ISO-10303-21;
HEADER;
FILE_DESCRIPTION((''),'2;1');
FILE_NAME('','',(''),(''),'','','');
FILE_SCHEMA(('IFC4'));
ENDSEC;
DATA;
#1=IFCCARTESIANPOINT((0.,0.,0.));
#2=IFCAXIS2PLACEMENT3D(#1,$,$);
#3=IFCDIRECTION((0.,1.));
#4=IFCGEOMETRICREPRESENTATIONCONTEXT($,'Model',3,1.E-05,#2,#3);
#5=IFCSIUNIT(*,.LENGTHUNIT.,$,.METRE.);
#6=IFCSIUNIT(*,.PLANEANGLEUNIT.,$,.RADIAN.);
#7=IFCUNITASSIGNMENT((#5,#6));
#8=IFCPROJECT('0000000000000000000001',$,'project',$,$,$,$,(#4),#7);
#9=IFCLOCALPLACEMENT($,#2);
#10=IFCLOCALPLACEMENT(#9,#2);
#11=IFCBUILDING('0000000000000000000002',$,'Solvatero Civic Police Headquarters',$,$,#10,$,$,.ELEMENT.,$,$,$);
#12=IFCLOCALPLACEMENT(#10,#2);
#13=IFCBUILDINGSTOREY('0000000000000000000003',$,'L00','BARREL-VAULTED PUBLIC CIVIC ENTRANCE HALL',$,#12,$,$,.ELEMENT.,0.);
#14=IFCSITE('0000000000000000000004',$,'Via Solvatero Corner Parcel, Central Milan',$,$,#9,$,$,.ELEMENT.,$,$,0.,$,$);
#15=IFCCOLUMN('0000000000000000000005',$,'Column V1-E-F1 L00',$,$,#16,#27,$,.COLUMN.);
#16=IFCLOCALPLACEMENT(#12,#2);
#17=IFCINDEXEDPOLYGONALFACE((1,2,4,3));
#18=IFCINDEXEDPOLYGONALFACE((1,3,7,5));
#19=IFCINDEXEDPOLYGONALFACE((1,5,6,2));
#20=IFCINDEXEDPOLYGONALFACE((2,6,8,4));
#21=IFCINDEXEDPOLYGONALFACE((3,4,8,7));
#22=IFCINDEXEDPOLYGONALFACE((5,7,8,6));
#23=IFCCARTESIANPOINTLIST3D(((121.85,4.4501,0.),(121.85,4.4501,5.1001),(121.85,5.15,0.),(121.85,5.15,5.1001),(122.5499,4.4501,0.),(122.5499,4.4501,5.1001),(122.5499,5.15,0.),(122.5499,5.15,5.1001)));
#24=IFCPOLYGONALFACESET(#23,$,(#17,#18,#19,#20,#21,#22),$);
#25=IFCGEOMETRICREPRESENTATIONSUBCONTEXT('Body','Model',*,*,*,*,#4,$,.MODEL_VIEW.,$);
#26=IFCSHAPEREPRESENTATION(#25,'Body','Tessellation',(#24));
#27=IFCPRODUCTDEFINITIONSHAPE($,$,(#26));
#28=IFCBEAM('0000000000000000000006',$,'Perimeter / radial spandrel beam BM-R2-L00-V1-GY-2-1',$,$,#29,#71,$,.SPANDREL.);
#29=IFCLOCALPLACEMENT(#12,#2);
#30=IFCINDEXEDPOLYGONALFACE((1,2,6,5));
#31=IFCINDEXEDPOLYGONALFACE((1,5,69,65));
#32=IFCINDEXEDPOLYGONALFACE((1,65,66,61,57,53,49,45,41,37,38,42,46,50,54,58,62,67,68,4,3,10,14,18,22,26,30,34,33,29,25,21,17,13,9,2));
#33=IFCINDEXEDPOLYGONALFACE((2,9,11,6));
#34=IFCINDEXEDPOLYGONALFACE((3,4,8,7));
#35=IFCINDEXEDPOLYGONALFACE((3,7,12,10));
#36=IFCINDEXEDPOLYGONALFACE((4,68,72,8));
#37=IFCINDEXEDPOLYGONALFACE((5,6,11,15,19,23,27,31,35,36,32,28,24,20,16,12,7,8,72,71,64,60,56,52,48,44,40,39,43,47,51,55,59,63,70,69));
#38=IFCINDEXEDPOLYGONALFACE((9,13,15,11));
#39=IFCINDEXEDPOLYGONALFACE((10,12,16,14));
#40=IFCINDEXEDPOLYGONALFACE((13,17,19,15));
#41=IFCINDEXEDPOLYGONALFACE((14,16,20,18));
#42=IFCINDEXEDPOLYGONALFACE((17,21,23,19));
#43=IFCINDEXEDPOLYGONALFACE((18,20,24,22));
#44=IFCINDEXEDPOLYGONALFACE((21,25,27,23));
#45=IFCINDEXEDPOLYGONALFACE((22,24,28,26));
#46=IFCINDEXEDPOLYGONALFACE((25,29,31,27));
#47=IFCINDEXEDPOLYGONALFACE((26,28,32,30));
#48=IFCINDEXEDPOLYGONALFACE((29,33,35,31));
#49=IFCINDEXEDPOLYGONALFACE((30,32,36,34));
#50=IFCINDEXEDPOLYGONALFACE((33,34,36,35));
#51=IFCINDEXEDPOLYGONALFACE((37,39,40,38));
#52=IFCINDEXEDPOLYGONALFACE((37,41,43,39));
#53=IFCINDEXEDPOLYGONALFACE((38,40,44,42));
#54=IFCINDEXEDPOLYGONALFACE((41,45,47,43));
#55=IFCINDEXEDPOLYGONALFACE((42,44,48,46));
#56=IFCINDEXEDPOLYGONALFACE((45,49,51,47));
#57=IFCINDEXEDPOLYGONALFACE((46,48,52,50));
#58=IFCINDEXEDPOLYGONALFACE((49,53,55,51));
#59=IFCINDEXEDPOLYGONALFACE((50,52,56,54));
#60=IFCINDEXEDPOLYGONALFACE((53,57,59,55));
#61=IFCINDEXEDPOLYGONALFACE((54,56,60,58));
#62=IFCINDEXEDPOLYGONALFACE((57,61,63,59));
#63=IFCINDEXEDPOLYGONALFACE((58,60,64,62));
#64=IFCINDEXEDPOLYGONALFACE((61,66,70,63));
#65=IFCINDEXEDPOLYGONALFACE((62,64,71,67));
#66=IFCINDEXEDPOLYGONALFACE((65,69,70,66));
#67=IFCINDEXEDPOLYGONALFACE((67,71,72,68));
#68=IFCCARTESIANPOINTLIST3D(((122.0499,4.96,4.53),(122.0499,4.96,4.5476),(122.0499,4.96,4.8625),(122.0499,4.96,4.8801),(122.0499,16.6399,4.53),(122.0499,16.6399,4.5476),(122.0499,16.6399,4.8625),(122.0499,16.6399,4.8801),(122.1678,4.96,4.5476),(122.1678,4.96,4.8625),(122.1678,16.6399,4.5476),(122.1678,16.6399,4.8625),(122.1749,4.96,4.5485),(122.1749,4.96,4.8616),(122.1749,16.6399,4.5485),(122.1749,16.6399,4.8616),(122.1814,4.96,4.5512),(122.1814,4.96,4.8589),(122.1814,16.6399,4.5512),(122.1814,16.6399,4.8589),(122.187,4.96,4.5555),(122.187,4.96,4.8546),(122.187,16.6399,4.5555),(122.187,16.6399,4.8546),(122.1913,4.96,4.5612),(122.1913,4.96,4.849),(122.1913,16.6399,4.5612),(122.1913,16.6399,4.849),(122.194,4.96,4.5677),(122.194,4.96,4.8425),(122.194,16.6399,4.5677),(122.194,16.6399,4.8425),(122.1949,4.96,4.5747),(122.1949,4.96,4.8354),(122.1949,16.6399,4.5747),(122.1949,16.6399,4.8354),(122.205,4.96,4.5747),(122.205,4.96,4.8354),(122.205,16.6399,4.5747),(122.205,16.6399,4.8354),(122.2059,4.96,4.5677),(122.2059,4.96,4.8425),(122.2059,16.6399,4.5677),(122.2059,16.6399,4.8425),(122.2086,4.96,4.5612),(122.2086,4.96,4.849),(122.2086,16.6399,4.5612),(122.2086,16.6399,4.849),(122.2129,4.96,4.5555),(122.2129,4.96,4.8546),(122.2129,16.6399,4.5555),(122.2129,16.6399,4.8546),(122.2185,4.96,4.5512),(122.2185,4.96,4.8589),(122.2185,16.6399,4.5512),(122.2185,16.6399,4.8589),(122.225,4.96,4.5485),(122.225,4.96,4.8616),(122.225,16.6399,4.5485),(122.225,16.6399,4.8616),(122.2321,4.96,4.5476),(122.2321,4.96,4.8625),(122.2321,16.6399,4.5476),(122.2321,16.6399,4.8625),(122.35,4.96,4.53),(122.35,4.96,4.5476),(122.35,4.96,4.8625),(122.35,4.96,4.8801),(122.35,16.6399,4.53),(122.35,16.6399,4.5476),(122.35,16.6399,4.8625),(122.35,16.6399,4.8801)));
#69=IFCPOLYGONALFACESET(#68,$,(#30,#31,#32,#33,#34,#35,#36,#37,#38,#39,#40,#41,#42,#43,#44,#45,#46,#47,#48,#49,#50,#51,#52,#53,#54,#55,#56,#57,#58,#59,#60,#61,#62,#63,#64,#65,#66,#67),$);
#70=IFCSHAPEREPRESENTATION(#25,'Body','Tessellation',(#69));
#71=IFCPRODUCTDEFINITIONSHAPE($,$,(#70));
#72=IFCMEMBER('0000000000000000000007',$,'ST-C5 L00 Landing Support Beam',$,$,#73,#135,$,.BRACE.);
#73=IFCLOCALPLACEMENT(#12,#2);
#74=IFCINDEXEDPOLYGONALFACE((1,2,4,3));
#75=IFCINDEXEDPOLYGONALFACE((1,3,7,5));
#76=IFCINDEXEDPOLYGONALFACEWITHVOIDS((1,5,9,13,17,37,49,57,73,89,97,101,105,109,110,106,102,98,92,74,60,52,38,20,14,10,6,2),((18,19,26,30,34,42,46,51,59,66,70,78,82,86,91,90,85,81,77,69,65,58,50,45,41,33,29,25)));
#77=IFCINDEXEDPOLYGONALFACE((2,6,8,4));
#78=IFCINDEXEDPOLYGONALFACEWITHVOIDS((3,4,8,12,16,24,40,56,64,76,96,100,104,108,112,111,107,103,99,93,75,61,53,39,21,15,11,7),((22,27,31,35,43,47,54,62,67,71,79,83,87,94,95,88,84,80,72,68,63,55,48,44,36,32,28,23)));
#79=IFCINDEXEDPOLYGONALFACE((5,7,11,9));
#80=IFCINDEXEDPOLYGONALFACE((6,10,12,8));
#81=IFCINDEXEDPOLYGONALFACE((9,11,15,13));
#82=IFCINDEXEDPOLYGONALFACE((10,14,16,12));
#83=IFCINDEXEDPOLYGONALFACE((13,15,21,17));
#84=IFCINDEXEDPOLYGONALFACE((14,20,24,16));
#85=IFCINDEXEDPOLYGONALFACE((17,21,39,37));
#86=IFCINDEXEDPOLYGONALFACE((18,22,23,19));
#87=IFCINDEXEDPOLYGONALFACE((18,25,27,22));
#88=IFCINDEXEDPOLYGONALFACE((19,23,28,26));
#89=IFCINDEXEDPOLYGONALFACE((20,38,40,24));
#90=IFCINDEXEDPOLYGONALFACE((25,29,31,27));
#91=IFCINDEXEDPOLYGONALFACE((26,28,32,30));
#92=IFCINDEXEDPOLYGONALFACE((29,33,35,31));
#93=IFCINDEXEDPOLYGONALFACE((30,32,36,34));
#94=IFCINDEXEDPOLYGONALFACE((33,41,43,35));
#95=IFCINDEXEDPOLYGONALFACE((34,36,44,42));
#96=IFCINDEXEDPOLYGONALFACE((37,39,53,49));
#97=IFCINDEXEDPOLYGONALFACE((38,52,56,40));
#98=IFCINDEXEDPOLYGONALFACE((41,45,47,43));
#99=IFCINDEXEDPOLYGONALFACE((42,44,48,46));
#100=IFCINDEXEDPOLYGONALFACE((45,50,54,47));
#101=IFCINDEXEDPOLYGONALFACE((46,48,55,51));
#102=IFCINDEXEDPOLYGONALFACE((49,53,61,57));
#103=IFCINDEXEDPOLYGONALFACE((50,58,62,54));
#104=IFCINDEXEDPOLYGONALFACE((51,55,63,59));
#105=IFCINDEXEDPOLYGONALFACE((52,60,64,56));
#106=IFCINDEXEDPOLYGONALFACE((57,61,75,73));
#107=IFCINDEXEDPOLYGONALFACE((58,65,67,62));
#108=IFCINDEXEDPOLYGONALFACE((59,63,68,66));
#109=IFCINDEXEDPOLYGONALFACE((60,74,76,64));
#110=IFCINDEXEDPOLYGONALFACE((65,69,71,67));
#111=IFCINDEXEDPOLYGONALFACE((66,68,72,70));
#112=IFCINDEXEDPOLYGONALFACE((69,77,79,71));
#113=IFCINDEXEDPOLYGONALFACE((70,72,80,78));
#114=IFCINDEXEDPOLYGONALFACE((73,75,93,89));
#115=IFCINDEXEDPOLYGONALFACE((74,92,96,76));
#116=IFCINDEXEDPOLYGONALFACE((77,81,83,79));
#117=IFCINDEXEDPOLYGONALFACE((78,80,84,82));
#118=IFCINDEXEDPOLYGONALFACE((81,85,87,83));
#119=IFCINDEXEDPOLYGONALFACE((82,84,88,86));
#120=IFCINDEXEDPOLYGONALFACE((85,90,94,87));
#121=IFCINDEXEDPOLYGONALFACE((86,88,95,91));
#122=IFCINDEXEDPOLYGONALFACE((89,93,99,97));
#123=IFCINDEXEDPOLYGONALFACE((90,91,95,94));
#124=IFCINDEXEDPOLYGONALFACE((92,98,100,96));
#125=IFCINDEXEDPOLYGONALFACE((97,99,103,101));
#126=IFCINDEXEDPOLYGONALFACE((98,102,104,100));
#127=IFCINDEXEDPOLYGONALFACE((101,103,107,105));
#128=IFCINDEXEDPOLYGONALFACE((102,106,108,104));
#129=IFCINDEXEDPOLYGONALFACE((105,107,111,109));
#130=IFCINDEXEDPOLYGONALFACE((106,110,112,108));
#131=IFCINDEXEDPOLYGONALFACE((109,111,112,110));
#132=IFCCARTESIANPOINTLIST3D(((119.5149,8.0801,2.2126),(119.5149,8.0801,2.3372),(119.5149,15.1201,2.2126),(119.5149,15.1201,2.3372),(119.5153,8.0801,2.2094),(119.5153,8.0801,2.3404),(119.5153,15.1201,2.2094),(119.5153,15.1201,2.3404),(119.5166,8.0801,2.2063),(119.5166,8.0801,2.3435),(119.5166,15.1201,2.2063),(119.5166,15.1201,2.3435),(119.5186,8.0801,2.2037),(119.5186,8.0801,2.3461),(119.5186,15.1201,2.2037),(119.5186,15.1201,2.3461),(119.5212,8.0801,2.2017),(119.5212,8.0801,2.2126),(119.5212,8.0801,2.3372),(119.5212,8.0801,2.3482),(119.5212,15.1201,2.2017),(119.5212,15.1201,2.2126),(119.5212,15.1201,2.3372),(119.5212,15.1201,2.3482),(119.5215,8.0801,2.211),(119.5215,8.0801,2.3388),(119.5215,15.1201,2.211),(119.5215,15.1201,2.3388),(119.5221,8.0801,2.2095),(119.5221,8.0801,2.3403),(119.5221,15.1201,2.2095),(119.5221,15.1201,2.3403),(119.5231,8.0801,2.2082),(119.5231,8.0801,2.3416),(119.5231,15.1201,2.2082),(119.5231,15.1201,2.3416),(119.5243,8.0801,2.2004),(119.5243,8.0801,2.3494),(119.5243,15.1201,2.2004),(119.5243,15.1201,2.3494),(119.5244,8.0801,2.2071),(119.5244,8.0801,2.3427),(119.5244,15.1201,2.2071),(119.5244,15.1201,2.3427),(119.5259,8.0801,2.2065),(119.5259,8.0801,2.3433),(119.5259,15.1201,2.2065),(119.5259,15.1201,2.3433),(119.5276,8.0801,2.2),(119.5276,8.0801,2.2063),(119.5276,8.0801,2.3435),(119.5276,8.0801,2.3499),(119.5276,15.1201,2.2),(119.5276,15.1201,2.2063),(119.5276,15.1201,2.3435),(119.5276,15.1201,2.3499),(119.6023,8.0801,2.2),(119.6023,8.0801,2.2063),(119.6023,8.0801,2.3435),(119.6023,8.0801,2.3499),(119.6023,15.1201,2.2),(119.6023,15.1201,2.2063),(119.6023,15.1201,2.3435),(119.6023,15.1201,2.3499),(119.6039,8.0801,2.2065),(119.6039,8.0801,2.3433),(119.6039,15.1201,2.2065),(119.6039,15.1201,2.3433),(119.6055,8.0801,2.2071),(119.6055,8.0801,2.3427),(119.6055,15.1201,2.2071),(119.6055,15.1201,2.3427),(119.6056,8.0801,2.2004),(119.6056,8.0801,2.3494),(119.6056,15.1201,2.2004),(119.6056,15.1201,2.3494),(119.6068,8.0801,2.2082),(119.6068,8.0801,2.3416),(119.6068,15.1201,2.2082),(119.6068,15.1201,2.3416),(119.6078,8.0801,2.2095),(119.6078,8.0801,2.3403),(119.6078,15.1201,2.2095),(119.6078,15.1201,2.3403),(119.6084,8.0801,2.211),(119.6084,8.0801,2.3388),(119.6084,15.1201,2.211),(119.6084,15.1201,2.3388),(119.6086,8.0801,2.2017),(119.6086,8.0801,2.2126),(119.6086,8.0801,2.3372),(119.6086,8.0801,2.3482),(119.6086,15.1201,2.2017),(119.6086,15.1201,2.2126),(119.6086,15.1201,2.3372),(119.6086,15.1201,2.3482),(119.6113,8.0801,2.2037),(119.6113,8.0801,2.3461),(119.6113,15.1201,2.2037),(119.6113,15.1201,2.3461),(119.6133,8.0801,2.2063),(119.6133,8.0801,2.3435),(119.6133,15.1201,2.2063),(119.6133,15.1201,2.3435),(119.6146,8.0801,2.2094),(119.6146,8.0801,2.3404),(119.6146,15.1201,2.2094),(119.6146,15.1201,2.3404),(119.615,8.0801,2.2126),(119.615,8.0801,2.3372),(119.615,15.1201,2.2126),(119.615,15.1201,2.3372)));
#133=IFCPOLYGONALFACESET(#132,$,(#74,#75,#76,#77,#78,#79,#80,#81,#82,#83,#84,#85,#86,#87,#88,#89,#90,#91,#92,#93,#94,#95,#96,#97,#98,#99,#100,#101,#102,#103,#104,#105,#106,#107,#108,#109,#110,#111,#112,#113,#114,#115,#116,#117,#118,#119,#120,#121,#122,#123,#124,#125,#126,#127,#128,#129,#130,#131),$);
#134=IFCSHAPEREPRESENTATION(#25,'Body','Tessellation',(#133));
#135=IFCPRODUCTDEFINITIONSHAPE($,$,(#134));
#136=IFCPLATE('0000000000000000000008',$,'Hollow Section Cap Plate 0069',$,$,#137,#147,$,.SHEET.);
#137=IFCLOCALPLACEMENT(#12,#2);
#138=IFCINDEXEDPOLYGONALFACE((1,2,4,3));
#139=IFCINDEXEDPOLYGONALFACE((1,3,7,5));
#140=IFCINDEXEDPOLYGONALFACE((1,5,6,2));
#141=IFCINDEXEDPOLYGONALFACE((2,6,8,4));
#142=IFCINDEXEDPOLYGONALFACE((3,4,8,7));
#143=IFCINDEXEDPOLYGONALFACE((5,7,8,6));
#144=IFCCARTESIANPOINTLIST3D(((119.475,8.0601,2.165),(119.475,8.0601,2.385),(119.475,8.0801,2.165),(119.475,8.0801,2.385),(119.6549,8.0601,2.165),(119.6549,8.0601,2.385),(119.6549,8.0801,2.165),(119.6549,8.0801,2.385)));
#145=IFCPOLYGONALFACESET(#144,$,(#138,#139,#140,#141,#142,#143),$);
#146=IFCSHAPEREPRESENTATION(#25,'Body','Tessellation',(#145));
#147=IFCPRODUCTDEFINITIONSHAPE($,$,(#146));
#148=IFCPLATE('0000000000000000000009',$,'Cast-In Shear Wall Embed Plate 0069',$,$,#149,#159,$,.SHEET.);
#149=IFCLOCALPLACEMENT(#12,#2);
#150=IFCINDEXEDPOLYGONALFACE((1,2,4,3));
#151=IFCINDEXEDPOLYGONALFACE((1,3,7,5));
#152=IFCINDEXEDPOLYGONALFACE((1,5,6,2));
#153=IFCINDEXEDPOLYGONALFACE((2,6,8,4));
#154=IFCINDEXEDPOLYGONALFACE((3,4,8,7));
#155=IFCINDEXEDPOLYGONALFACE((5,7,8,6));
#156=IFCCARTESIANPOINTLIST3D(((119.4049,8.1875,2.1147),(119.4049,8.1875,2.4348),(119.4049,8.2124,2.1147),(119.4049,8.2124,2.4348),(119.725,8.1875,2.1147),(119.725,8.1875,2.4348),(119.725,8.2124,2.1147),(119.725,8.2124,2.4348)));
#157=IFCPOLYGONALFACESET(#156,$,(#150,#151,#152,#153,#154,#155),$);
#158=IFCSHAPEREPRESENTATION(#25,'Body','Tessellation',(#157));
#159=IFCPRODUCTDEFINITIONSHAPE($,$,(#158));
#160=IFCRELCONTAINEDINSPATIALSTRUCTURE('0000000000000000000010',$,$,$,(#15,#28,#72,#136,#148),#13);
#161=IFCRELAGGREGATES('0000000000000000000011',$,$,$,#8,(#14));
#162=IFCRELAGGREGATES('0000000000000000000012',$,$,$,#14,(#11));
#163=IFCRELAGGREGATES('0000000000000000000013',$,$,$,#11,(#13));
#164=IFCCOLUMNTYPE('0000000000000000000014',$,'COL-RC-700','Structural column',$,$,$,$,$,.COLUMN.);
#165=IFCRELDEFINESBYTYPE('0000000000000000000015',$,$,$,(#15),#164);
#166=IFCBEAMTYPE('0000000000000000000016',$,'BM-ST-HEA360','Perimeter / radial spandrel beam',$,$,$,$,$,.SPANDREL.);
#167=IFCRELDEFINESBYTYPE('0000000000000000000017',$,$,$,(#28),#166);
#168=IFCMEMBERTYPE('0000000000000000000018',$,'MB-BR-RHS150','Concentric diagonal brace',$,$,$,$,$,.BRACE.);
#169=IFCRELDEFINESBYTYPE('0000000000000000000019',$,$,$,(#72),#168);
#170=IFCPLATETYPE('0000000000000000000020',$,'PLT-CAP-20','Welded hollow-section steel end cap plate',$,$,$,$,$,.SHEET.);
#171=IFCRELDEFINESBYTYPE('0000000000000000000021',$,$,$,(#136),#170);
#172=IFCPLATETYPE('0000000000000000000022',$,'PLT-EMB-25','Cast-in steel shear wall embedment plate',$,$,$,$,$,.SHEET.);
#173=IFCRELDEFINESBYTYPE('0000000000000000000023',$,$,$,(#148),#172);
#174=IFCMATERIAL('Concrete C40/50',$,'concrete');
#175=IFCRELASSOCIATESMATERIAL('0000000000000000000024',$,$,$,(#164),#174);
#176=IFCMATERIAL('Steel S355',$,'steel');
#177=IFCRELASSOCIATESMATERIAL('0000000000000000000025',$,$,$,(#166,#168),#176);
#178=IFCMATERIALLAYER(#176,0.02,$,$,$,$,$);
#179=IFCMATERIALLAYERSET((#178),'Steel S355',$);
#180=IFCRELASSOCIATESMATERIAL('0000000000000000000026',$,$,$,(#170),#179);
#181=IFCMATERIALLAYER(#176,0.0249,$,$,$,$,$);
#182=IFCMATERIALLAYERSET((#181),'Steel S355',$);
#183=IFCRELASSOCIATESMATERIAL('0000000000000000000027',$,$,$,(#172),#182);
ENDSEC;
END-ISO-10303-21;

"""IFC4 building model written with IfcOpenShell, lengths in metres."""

from ifc_helpers import new_model, si_unit, direction, frame, origin, origin_2d, place, context, subcontext, project, spatial, rectangle, hollow_rectangle, i_section, extrude, material, layer, layer_set, material_profile, profile_set, type_object, element, save


model = new_model("IFC4")

# Units and contexts
model_context = context("Model", 3, precision=1e-05, world=origin(), true_north=direction((0.0, 1.0)))
body_context = subcontext(model_context, "Body", "Model", "MODEL_VIEW")
ifc_project = project(units=[si_unit("LENGTHUNIT", "METRE"), si_unit("PLANEANGLEUNIT", "RADIAN")], contexts=[model_context])

# Site, building, storey
site_placement = place(None, origin())
site = spatial("IfcSite", under=ifc_project, at=site_placement, Name="Via Solvatero Corner Parcel, Central Milan", CompositionType="ELEMENT", RefElevation=0.0)
building_placement = place(site_placement, origin())
building = spatial("IfcBuilding", under=site, at=building_placement, Name="Solvatero Civic Police Headquarters", CompositionType="ELEMENT")
storey_placement = place(building_placement, origin())
storey = spatial("IfcBuildingStorey", under=building, at=storey_placement, Name="L00", Description="BARREL-VAULTED PUBLIC CIVIC ENTRANCE HALL", CompositionType="ELEMENT", Elevation=0.0)

# Column
ifc_material_1 = material(Name="Concrete C40/50", Category="concrete")
ifc_material_profile_1 = material_profile(ifc_material_1, rectangle(XDim=0.7, YDim=0.7, at=origin_2d()), Name="RC 700x700")
ifc_profile_set_1 = profile_set([ifc_material_profile_1], Name="Concrete C40/50")
column_type = type_object("IfcColumnType", Name="COL-RC-700", Description="Structural column", PredefinedType="COLUMN", material=ifc_profile_set_1)
column_placement = place(storey_placement, frame((122.2, 4.8, 0.0), z_axis=(0.0, 0.0, 1.0), x_axis=(1.0, 0.0, 0.0)))
element("IfcColumn", 1, at=column_placement, inside=storey, type_object=column_type, Name="Column V1-E-F1 L00", PredefinedType="COLUMN", context=body_context, shape_type="SweptSolid", body=[
    extrude(rectangle(XDim=0.7, YDim=0.7, at=origin_2d()), origin(), (0.0, 0.0, 1.0), 5.1001),
])

# Beam
ifc_material_2 = material(Name="Steel S355", Category="steel")
ifc_material_profile_2 = material_profile(ifc_material_2, i_section(OverallWidth=0.3, OverallDepth=0.3501, WebThickness=0.01, FlangeThickness=0.0176, FilletRadius=0.0271, at=origin_2d()), Name="HEA 360")
ifc_profile_set_2 = profile_set([ifc_material_profile_2], Name="Steel S355")
beam_type = type_object("IfcBeamType", Name="BM-ST-HEA360", Description="Perimeter / radial spandrel beam", PredefinedType="SPANDREL", material=ifc_profile_set_2)
beam_placement = place(storey_placement, frame((122.2, 4.96, 4.7051), z_axis=(0.0, 1.0, 0.0), x_axis=(-1.0, 0.0, 0.0)))
element("IfcBeam", 2, at=beam_placement, inside=storey, type_object=beam_type, Name="Perimeter / radial spandrel beam BM-R2-L00-V1-GY-2-1", PredefinedType="SPANDREL", context=body_context, shape_type="SweptSolid", body=[
    extrude(i_section(OverallWidth=0.3, OverallDepth=0.3501, WebThickness=0.01, FlangeThickness=0.0176, FilletRadius=0.0271, at=origin_2d()), origin(), (0.0, 0.0, 1.0), 11.6799),
])

# Member
ifc_material_profile_3 = material_profile(ifc_material_2, hollow_rectangle(XDim=0.1001, YDim=0.1499, WallThickness=0.0063, InnerFilletRadius=0.0063, OuterFilletRadius=0.0127, at=origin_2d()), Name="RHS 150x100x6.3")
ifc_profile_set_3 = profile_set([ifc_material_profile_3], Name="Steel S355")
member_type = type_object("IfcMemberType", Name="MB-BR-RHS150", Description="Concentric diagonal brace", PredefinedType="BRACE", material=ifc_profile_set_3)
member_placement = place(storey_placement, frame((119.5649, 8.0801, 2.2749), z_axis=(0.0, 1.0, 0.0), x_axis=(-1.0, 0.0, 0.0)))
element("IfcMember", 3, at=member_placement, inside=storey, type_object=member_type, Name="ST-C5 L00 Landing Support Beam", PredefinedType="BRACE", context=body_context, shape_type="SweptSolid", body=[
    extrude(hollow_rectangle(XDim=0.1001, YDim=0.1499, WallThickness=0.0063, InnerFilletRadius=0.0063, OuterFilletRadius=0.0127, at=origin_2d()), origin(), (0.0, 0.0, 1.0), 7.04),
])

# Plates
ifc_layer_1 = layer(ifc_material_2, 0.02)
ifc_layer_set_1 = layer_set([ifc_layer_1], Name="Steel S355")
plate_type_1 = type_object("IfcPlateType", Name="PLT-CAP-20", Description="Welded hollow-section steel end cap plate", PredefinedType="SHEET", material=ifc_layer_set_1)
plate_1_placement = place(storey_placement, frame((119.5649, 8.0701, 2.165), z_axis=(0.0, 0.0, 1.0), x_axis=(1.0, 0.0, 0.0)))
element("IfcPlate", 4, at=plate_1_placement, inside=storey, type_object=plate_type_1, Name="Hollow Section Cap Plate 0069", PredefinedType="SHEET", context=body_context, shape_type="SweptSolid", body=[
    extrude(rectangle(XDim=0.1799, YDim=0.02, at=origin_2d()), origin(), (0.0, 0.0, 1.0), 0.22),
])
ifc_layer_2 = layer(ifc_material_2, 0.0249)
ifc_layer_set_2 = layer_set([ifc_layer_2], Name="Steel S355")
plate_type_2 = type_object("IfcPlateType", Name="PLT-EMB-25", Description="Cast-in steel shear wall embedment plate", PredefinedType="SHEET", material=ifc_layer_set_2)
plate_2_placement = place(storey_placement, frame((119.5649, 8.2, 2.1147), z_axis=(0.0, 0.0, 1.0), x_axis=(1.0, 0.0, 0.0)))
element("IfcPlate", 5, at=plate_2_placement, inside=storey, type_object=plate_type_2, Name="Cast-In Shear Wall Embed Plate 0069", PredefinedType="SHEET", context=body_context, shape_type="SweptSolid", body=[
    extrude(rectangle(XDim=0.3201, YDim=0.0249, at=origin_2d()), origin(), (0.0, 0.0, 1.0), 0.3201),
])

save(model, "model.ifc")
